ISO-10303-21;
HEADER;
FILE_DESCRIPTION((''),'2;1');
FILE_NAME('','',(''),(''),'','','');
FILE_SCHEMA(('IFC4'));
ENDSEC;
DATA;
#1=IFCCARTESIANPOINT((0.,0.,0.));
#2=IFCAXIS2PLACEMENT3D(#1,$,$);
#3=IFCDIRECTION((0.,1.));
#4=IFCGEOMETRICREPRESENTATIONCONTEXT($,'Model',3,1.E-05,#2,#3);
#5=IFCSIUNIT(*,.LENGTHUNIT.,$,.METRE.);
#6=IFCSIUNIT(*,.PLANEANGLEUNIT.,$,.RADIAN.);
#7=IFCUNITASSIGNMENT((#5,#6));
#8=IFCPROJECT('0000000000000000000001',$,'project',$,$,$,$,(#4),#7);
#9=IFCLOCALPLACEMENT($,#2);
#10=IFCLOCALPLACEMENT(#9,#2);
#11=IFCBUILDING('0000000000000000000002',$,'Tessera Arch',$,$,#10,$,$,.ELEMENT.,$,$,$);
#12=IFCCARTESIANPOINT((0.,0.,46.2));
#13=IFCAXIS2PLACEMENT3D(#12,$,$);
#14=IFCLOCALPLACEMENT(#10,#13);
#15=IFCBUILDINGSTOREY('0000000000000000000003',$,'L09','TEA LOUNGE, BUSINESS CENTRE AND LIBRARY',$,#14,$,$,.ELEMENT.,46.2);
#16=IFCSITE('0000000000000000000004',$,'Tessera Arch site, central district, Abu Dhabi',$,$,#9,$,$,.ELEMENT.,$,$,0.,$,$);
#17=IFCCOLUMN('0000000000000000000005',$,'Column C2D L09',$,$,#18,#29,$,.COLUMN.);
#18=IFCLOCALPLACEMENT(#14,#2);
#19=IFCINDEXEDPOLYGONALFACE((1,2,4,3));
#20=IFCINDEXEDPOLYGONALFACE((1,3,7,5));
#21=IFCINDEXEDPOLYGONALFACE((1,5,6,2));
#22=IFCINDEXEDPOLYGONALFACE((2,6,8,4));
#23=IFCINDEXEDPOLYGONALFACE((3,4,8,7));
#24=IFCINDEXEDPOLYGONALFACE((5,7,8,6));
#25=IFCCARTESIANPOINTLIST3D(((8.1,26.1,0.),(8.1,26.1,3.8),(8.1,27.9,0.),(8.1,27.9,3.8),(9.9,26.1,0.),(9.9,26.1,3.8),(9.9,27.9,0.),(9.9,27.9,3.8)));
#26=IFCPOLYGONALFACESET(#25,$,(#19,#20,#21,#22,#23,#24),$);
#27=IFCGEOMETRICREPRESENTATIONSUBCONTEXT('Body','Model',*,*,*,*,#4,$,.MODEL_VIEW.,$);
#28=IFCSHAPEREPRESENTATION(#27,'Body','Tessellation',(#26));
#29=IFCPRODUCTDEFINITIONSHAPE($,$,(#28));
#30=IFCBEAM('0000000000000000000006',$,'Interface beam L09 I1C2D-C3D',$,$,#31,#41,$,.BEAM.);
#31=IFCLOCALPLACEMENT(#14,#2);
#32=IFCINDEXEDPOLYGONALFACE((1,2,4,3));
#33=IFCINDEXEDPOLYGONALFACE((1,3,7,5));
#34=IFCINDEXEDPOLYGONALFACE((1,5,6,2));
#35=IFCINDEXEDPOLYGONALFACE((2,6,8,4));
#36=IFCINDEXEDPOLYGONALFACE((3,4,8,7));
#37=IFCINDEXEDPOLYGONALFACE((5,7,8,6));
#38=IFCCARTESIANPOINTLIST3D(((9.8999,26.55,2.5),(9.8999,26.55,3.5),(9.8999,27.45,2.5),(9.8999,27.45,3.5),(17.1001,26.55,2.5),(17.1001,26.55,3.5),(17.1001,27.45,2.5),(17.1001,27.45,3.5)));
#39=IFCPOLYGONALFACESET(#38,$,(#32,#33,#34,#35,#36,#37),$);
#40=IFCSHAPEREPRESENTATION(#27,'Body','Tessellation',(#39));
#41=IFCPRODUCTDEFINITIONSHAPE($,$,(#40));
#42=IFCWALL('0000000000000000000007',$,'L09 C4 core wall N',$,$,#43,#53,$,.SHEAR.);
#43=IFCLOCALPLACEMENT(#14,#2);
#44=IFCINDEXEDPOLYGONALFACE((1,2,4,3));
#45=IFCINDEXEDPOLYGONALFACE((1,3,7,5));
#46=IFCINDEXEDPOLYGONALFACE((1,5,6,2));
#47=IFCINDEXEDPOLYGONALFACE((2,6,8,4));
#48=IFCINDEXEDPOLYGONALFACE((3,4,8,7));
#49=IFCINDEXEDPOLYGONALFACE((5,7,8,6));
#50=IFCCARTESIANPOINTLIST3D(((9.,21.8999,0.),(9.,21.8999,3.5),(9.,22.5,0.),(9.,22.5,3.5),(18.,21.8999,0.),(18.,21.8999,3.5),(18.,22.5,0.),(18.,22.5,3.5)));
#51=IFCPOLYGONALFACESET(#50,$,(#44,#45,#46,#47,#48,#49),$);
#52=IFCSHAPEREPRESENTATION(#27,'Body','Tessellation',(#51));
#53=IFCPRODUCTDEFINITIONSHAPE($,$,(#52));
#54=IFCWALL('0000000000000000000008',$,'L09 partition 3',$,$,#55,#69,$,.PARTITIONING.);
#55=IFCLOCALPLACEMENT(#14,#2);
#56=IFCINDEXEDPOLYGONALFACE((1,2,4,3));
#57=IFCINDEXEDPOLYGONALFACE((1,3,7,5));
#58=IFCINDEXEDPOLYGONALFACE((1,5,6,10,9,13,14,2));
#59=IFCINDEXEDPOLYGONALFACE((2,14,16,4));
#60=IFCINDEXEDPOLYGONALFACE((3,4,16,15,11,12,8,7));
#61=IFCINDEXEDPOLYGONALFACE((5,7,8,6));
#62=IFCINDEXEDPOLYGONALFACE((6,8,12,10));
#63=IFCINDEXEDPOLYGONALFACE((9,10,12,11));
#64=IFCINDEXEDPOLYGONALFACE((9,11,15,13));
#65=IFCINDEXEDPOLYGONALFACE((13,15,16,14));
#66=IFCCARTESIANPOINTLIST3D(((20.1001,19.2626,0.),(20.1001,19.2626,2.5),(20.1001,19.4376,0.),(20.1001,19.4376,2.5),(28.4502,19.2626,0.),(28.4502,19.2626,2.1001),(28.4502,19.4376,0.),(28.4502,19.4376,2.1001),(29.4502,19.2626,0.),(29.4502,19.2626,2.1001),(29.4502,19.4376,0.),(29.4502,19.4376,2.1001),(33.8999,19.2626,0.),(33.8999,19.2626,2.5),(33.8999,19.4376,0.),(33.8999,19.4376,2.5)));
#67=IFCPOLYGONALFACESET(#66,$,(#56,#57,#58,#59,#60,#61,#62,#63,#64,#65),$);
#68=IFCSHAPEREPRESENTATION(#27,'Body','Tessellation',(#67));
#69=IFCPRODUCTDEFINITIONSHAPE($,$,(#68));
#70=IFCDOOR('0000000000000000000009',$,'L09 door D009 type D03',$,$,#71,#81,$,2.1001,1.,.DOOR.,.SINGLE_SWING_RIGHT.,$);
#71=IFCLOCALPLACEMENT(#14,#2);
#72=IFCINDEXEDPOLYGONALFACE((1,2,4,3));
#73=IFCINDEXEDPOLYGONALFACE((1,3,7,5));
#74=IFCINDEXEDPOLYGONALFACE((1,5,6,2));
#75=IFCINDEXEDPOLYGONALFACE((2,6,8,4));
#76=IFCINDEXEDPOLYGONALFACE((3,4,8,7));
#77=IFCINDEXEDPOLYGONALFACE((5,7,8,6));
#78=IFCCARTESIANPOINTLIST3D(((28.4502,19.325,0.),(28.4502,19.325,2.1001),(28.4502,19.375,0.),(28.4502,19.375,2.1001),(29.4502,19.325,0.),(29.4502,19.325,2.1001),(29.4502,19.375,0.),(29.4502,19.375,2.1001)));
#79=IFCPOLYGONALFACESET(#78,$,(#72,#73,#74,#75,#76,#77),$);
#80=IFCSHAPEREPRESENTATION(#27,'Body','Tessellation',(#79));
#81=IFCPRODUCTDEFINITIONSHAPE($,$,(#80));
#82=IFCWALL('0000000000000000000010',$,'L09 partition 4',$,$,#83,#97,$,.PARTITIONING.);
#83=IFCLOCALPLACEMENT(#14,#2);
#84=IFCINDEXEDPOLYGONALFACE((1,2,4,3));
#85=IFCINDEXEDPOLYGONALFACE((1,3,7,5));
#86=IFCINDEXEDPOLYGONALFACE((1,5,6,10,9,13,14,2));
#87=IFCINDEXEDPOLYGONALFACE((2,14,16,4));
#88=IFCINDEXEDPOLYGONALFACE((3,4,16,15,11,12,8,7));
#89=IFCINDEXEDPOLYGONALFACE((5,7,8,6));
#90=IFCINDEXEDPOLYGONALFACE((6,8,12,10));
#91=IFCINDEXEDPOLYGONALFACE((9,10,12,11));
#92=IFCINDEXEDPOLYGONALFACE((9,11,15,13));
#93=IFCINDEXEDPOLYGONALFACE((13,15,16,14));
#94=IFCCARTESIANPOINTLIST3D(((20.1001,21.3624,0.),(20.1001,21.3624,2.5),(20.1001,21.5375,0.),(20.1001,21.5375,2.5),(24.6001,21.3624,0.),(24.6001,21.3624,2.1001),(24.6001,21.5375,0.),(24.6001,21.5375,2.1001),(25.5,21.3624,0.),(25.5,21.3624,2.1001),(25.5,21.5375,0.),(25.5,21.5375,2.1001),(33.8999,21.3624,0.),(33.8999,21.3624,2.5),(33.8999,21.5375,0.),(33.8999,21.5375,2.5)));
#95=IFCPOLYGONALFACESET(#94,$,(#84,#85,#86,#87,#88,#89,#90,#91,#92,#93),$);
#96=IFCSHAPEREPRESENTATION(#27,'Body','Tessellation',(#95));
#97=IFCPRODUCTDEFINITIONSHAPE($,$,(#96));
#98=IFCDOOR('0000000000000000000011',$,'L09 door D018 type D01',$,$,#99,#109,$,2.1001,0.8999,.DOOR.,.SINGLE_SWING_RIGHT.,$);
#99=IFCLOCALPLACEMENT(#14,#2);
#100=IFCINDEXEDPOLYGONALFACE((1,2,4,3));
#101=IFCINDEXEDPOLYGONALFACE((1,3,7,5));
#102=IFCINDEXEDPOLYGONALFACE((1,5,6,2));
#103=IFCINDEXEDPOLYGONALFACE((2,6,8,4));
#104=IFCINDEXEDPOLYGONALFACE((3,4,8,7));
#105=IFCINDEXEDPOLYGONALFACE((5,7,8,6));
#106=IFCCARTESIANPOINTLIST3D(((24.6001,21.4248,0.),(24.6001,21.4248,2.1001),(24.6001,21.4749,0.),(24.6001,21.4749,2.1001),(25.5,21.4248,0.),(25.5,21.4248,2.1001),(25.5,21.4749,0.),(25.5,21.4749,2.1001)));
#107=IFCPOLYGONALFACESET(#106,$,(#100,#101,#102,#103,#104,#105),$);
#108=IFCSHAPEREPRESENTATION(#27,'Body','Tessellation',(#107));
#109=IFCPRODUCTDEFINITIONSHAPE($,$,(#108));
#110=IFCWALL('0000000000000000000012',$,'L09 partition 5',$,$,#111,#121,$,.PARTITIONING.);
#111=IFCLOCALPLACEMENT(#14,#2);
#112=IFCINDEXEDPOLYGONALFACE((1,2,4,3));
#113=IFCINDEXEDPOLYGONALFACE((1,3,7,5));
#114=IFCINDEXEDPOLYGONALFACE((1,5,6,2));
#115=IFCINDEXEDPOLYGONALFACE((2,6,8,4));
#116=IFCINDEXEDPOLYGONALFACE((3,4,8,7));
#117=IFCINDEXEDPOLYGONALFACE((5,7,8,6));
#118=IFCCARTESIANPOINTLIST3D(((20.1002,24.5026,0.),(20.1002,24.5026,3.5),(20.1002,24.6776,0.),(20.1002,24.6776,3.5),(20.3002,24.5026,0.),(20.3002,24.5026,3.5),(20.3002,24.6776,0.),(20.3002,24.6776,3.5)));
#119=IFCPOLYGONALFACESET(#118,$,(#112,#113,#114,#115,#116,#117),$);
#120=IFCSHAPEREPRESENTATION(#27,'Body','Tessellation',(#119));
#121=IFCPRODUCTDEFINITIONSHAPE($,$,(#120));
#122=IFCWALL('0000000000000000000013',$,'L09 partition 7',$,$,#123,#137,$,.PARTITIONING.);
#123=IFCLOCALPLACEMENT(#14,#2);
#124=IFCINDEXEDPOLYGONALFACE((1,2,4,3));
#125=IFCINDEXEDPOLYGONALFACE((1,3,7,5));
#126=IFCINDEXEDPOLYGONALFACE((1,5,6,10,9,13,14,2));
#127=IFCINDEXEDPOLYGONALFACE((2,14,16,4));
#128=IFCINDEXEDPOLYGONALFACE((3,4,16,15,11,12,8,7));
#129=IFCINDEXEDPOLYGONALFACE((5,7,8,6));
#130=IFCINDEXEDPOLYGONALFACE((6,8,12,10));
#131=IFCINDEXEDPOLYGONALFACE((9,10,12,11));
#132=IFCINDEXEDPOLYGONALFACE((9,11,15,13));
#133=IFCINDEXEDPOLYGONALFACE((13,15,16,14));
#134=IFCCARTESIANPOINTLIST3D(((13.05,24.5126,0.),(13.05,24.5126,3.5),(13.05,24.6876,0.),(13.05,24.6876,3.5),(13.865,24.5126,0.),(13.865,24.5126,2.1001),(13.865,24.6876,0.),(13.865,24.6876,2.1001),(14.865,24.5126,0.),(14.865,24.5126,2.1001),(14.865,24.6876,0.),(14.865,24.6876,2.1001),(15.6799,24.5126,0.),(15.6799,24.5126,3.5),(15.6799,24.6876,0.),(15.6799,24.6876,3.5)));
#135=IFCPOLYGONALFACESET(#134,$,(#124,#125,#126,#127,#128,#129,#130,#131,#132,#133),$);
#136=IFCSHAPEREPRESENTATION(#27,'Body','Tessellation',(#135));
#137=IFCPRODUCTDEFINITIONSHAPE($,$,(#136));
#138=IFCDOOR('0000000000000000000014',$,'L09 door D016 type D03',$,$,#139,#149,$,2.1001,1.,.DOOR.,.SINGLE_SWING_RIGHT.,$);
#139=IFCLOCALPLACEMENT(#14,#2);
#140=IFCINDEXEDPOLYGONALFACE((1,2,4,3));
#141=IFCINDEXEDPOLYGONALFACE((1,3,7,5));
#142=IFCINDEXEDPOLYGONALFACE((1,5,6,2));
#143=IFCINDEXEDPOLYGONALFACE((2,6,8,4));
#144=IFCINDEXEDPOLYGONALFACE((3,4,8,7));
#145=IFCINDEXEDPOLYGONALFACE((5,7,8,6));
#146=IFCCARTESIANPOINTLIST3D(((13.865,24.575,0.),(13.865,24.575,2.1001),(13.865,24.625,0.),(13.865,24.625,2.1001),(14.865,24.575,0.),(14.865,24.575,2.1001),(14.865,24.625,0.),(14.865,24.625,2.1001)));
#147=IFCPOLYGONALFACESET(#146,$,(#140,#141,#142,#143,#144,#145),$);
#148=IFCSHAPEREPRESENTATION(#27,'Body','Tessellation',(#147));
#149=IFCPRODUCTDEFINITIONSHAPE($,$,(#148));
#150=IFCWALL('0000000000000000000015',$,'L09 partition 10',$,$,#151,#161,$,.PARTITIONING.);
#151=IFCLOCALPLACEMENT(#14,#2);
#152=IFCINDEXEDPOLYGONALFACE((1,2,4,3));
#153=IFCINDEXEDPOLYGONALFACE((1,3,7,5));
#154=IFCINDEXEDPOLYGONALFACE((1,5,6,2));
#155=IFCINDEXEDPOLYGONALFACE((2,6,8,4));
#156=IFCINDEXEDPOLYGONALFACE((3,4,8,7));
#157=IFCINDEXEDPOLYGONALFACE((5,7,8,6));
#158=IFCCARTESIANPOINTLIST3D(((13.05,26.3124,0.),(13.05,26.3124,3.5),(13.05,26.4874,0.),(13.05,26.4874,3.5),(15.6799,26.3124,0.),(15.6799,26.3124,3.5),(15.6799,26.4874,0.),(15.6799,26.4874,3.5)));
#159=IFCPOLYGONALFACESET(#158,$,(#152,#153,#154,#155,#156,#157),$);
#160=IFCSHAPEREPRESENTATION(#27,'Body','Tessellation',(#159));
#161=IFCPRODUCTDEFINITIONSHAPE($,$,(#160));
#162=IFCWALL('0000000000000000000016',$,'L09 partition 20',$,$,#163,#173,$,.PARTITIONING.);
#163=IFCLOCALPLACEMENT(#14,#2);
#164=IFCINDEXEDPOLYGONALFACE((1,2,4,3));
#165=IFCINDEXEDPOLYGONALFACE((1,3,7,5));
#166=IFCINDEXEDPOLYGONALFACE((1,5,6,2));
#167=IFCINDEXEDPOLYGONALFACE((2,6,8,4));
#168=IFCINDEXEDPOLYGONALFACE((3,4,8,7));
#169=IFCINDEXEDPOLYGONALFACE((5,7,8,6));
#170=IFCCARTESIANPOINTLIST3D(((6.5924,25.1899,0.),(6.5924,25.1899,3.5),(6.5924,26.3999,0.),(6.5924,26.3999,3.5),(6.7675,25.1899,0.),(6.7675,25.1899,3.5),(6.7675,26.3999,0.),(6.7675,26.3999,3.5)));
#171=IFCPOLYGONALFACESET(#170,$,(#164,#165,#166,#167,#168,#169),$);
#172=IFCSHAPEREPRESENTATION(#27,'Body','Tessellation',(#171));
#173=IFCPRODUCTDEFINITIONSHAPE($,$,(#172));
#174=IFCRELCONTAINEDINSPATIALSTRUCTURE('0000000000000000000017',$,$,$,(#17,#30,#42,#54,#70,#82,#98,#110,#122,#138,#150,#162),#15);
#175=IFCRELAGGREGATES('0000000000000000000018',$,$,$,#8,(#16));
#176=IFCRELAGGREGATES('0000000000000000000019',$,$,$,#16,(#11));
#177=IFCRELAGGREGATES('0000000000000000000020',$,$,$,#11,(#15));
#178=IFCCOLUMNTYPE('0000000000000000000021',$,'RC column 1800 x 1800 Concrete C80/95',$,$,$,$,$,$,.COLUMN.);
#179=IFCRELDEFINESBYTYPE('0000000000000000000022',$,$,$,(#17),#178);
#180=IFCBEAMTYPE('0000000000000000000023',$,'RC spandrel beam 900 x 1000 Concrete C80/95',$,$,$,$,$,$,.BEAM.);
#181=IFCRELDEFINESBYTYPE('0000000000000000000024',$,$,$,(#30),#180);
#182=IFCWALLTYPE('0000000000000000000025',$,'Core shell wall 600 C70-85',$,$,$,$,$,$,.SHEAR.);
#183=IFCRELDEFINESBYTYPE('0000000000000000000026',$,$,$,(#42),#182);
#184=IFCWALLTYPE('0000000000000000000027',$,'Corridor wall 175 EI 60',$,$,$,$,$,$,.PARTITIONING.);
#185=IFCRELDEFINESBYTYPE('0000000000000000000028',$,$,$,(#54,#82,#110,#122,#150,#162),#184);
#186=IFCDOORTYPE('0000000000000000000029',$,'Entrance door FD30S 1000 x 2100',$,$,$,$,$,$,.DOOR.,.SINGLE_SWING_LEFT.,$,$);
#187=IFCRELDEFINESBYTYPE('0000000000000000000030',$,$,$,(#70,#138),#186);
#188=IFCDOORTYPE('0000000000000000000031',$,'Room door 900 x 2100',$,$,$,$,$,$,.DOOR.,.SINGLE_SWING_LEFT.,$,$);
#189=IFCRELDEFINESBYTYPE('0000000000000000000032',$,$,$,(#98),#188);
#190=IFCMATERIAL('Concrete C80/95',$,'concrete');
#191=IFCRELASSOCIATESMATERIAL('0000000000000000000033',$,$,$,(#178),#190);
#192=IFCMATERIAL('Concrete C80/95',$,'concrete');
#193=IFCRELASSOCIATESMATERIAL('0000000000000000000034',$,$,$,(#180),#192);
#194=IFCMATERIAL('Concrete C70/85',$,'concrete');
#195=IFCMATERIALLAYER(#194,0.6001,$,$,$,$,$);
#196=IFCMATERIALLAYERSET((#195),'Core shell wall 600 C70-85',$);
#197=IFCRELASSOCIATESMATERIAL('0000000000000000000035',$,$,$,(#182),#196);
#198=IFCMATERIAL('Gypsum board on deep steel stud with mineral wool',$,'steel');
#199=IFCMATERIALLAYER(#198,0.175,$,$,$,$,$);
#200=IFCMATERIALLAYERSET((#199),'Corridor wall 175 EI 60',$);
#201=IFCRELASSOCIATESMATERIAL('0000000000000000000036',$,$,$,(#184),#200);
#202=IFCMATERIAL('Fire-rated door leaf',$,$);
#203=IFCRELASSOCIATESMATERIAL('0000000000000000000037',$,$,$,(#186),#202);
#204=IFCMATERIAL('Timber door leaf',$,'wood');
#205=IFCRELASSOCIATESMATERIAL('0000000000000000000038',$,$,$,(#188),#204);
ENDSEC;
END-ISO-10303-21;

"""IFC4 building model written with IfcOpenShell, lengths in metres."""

from ifc_helpers import new_model, si_unit, direction, frame, frame_2d, origin, origin_2d, place, context, subcontext, project, spatial, rectangle, extrude, material, layer, layer_set, material_profile, profile_set, type_object, element, fill, save


model = new_model("IFC4")

# Units and contexts
model_context = context("Model", 3, precision=1e-05, world=origin(), true_north=direction((0.0, 1.0)))
body_context = subcontext(model_context, "Body", "Model", "MODEL_VIEW")
ifc_project = project(units=[si_unit("LENGTHUNIT", "METRE"), si_unit("PLANEANGLEUNIT", "RADIAN")], contexts=[model_context])

# Site, building, storey
site_placement = place(None, origin())
site = spatial("IfcSite", under=ifc_project, at=site_placement, Name="Tessera Arch site, central district, Abu Dhabi", CompositionType="ELEMENT", RefElevation=0.0)
building_placement = place(site_placement, origin())
building = spatial("IfcBuilding", under=site, at=building_placement, Name="Tessera Arch", CompositionType="ELEMENT")
storey_placement = place(building_placement, frame((0.0, 0.0, 46.2)))
storey = spatial("IfcBuildingStorey", under=building, at=storey_placement, Name="L09", Description="TEA LOUNGE, BUSINESS CENTRE AND LIBRARY", CompositionType="ELEMENT", Elevation=46.2)

# Column
ifc_material_1 = material(Name="Concrete C80/95", Category="concrete")
ifc_material_profile_1 = material_profile(ifc_material_1, rectangle(XDim=1.8, YDim=1.8, at=origin_2d()), Name="RC column 1800 x 1800 Concrete C80/95")
ifc_profile_set_1 = profile_set([ifc_material_profile_1], Name="Concrete C80/95")
column_type = type_object("IfcColumnType", Name="RC column 1800 x 1800 Concrete C80/95", PredefinedType="COLUMN", material=ifc_profile_set_1)
column_placement = place(storey_placement, frame((9.0, 27.0, 0.0), z_axis=(0.0, 0.0, 1.0), x_axis=(1.0, 0.0, 0.0)))
element("IfcColumn", 1, at=column_placement, inside=storey, type_object=column_type, Name="Column C2D L09", PredefinedType="COLUMN", context=body_context, shape_type="SweptSolid", body=[
    extrude(rectangle(XDim=1.8, YDim=1.8, at=origin_2d()), origin(), (0.0, 0.0, 1.0), 3.8),
])

# Beam
ifc_material_2 = material(Name="Concrete C80/95", Category="concrete")
ifc_material_profile_2 = material_profile(ifc_material_2, rectangle(XDim=0.8999, YDim=1.0, at=origin_2d()), Name="RC spandrel beam 900 x 1000 Concrete C80/95")
ifc_profile_set_2 = profile_set([ifc_material_profile_2], Name="Concrete C80/95")
beam_type = type_object("IfcBeamType", Name="RC spandrel beam 900 x 1000 Concrete C80/95", PredefinedType="BEAM", material=ifc_profile_set_2)
beam_placement = place(storey_placement, frame((9.8999, 27.0, 3.0), z_axis=(1.0, 0.0, 0.0), x_axis=(0.0, 1.0, 0.0)))
element("IfcBeam", 2, at=beam_placement, inside=storey, type_object=beam_type, Name="Interface beam L09 I1C2D-C3D", PredefinedType="BEAM", context=body_context, shape_type="SweptSolid", body=[
    extrude(rectangle(XDim=0.8999, YDim=1.0, at=origin_2d()), origin(), (0.0, 0.0, 1.0), 7.2002),
])

# Wall
ifc_material_3 = material(Name="Concrete C70/85", Category="concrete")
ifc_layer_1 = layer(ifc_material_3, 0.6001)
ifc_layer_set_1 = layer_set([ifc_layer_1], Name="Core shell wall 600 C70-85")
wall_type_1 = type_object("IfcWallType", Name="Core shell wall 600 C70-85", PredefinedType="SHEAR", material=ifc_layer_set_1)
wall_1_placement = place(storey_placement, frame((9.0, 22.2, 0.0), z_axis=(0.0, 0.0, 1.0), x_axis=(1.0, 0.0, 0.0)))
element("IfcWall", 3, at=wall_1_placement, inside=storey, type_object=wall_type_1, Name="L09 C4 core wall N", PredefinedType="SHEAR", context=body_context, shape_type="SweptSolid", body=[
    extrude(rectangle(XDim=9.0, YDim=0.6001, at=frame_2d((4.5, 0.0))), origin(), (0.0, 0.0, 1.0), 3.5),
])

# Walls, openings, doors
ifc_material_4 = material(Name="Gypsum board on deep steel stud with mineral wool", Category="steel")
ifc_layer_2 = layer(ifc_material_4, 0.175)
ifc_layer_set_2 = layer_set([ifc_layer_2], Name="Corridor wall 175 EI 60")
wall_type_2 = type_object("IfcWallType", Name="Corridor wall 175 EI 60", PredefinedType="PARTITIONING", material=ifc_layer_set_2)
wall_2_placement = place(storey_placement, frame((20.1001, 19.3501, 0.0), z_axis=(0.0, 0.0, 1.0), x_axis=(1.0, 0.0, 0.0)))
wall_2 = element("IfcWall", 4, at=wall_2_placement, inside=storey, type_object=wall_type_2, Name="L09 partition 3", PredefinedType="PARTITIONING", context=body_context, shape_type="SweptSolid", body=[
    extrude(rectangle(XDim=13.7998, YDim=0.175, at=frame_2d((6.8999, 0.0))), origin(), (0.0, 0.0, 1.0), 2.5),
])
opening_1_placement = place(wall_2_placement, frame((8.3501, 0.0, 0.0)))
opening_1 = element("IfcOpeningElement", 5, at=opening_1_placement, cuts=wall_2, PredefinedType="OPENING", context=body_context, shape_type="SweptSolid", body=[
    extrude(rectangle(XDim=1.0, YDim=2.1001, at=frame_2d((0.5, 1.05))), frame((0.0, 0.0974, 0.0), z_axis=(0.0, -1.0, 0.0), x_axis=(1.0, 0.0, 0.0)), (0.0, 0.0, 1.0), 0.1951),
])
ifc_material_5 = material(Name="Fire-rated door leaf")
door_type_1 = type_object("IfcDoorType", Name="Entrance door FD30S 1000 x 2100", OperationType="SINGLE_SWING_LEFT", PredefinedType="DOOR", material=ifc_material_5)
door_1_placement = place(opening_1_placement, origin())
door_1 = element("IfcDoor", 6, at=door_1_placement, inside=storey, type_object=door_type_1, Name="L09 door D009 type D03", OperationType="SINGLE_SWING_RIGHT", OverallHeight=2.1001, OverallWidth=1.0, PredefinedType="DOOR", context=body_context, shape_type="SweptSolid", body=[
    extrude(rectangle(XDim=1.0, YDim=2.1001, at=frame_2d((0.5, 1.05))), frame((0.0, 0.0249, 0.0), z_axis=(0.0, -1.0, 0.0), x_axis=(1.0, 0.0, 0.0)), (0.0, 0.0, 1.0), 0.05),
])
fill(opening_1, door_1)
wall_3_placement = place(storey_placement, frame((20.1001, 21.45, 0.0), z_axis=(0.0, 0.0, 1.0), x_axis=(1.0, 0.0, 0.0)))
wall_3 = element("IfcWall", 7, at=wall_3_placement, inside=storey, type_object=wall_type_2, Name="L09 partition 4", PredefinedType="PARTITIONING", context=body_context, shape_type="SweptSolid", body=[
    extrude(rectangle(XDim=13.7998, YDim=0.175, at=frame_2d((6.8999, 0.0))), origin(), (0.0, 0.0, 1.0), 2.5),
])
opening_2_placement = place(wall_3_placement, frame((4.5, 0.0, 0.0)))
opening_2 = element("IfcOpeningElement", 8, at=opening_2_placement, cuts=wall_3, PredefinedType="OPENING", context=body_context, shape_type="SweptSolid", body=[
    extrude(rectangle(XDim=0.8999, YDim=2.1001, at=frame_2d((0.45, 1.05))), frame((0.0, 0.0974, 0.0), z_axis=(0.0, -1.0, 0.0), x_axis=(1.0, 0.0, 0.0)), (0.0, 0.0, 1.0), 0.1951),
])
ifc_material_6 = material(Name="Timber door leaf", Category="wood")
door_type_2 = type_object("IfcDoorType", Name="Room door 900 x 2100", OperationType="SINGLE_SWING_LEFT", PredefinedType="DOOR", material=ifc_material_6)
door_2_placement = place(opening_2_placement, origin())
door_2 = element("IfcDoor", 9, at=door_2_placement, inside=storey, type_object=door_type_2, Name="L09 door D018 type D01", OperationType="SINGLE_SWING_RIGHT", OverallHeight=2.1001, OverallWidth=0.8999, PredefinedType="DOOR", context=body_context, shape_type="SweptSolid", body=[
    extrude(rectangle(XDim=0.8999, YDim=2.1001, at=frame_2d((0.45, 1.05))), frame((0.0, 0.0249, 0.0), z_axis=(0.0, -1.0, 0.0), x_axis=(1.0, 0.0, 0.0)), (0.0, 0.0, 1.0), 0.05),
])
fill(opening_2, door_2)

# Wall
wall_4_placement = place(storey_placement, frame((20.1001, 24.5901, 0.0), z_axis=(0.0, 0.0, 1.0), x_axis=(1.0, 0.0, 0.0)))
element("IfcWall", 10, at=wall_4_placement, inside=storey, type_object=wall_type_2, Name="L09 partition 5", PredefinedType="PARTITIONING", context=body_context, shape_type="SweptSolid", body=[
    extrude(rectangle(XDim=0.2, YDim=0.175, at=frame_2d((0.1001, 0.0))), origin(), (0.0, 0.0, 1.0), 3.5),
])

# Wall, opening, door
wall_5_placement = place(storey_placement, frame((13.05, 24.6001, 0.0), z_axis=(0.0, 0.0, 1.0), x_axis=(1.0, 0.0, 0.0)))
wall_5 = element("IfcWall", 11, at=wall_5_placement, inside=storey, type_object=wall_type_2, Name="L09 partition 7", PredefinedType="PARTITIONING", context=body_context, shape_type="SweptSolid", body=[
    extrude(rectangle(XDim=2.6299, YDim=0.175, at=frame_2d((1.3149, 0.0))), origin(), (0.0, 0.0, 1.0), 3.5),
])
opening_3_placement = place(wall_5_placement, frame((0.8149, 0.0, 0.0)))
opening_3 = element("IfcOpeningElement", 12, at=opening_3_placement, cuts=wall_5, PredefinedType="OPENING", context=body_context, shape_type="SweptSolid", body=[
    extrude(rectangle(XDim=1.0, YDim=2.1001, at=frame_2d((0.5, 1.05))), frame((0.0, 0.0974, 0.0), z_axis=(0.0, -1.0, 0.0), x_axis=(1.0, 0.0, 0.0)), (0.0, 0.0, 1.0), 0.1951),
])
door_3_placement = place(opening_3_placement, origin())
door_3 = element("IfcDoor", 13, at=door_3_placement, inside=storey, type_object=door_type_1, Name="L09 door D016 type D03", OperationType="SINGLE_SWING_RIGHT", OverallHeight=2.1001, OverallWidth=1.0, PredefinedType="DOOR", context=body_context, shape_type="SweptSolid", body=[
    extrude(rectangle(XDim=1.0, YDim=2.1001, at=frame_2d((0.5, 1.05))), frame((0.0, 0.0249, 0.0), z_axis=(0.0, -1.0, 0.0), x_axis=(1.0, 0.0, 0.0)), (0.0, 0.0, 1.0), 0.05),
])
fill(opening_3, door_3)

# Walls
wall_6_placement = place(storey_placement, frame((13.05, 26.3999, 0.0), z_axis=(0.0, 0.0, 1.0), x_axis=(1.0, 0.0, 0.0)))
element("IfcWall", 14, at=wall_6_placement, inside=storey, type_object=wall_type_2, Name="L09 partition 10", PredefinedType="PARTITIONING", context=body_context, shape_type="SweptSolid", body=[
    extrude(rectangle(XDim=2.6299, YDim=0.175, at=frame_2d((1.3149, 0.0))), origin(), (0.0, 0.0, 1.0), 3.5),
])
wall_7_placement = place(storey_placement, frame((6.6799, 25.1899, 0.0), z_axis=(0.0, 0.0, 1.0), x_axis=(0.0, 1.0, 0.0)))
element("IfcWall", 15, at=wall_7_placement, inside=storey, type_object=wall_type_2, Name="L09 partition 20", PredefinedType="PARTITIONING", context=body_context, shape_type="SweptSolid", body=[
    extrude(rectangle(XDim=1.21, YDim=0.175, at=frame_2d((0.605, 0.0))), origin(), (0.0, 0.0, 1.0), 3.5),
])

save(model, "model.ifc")
